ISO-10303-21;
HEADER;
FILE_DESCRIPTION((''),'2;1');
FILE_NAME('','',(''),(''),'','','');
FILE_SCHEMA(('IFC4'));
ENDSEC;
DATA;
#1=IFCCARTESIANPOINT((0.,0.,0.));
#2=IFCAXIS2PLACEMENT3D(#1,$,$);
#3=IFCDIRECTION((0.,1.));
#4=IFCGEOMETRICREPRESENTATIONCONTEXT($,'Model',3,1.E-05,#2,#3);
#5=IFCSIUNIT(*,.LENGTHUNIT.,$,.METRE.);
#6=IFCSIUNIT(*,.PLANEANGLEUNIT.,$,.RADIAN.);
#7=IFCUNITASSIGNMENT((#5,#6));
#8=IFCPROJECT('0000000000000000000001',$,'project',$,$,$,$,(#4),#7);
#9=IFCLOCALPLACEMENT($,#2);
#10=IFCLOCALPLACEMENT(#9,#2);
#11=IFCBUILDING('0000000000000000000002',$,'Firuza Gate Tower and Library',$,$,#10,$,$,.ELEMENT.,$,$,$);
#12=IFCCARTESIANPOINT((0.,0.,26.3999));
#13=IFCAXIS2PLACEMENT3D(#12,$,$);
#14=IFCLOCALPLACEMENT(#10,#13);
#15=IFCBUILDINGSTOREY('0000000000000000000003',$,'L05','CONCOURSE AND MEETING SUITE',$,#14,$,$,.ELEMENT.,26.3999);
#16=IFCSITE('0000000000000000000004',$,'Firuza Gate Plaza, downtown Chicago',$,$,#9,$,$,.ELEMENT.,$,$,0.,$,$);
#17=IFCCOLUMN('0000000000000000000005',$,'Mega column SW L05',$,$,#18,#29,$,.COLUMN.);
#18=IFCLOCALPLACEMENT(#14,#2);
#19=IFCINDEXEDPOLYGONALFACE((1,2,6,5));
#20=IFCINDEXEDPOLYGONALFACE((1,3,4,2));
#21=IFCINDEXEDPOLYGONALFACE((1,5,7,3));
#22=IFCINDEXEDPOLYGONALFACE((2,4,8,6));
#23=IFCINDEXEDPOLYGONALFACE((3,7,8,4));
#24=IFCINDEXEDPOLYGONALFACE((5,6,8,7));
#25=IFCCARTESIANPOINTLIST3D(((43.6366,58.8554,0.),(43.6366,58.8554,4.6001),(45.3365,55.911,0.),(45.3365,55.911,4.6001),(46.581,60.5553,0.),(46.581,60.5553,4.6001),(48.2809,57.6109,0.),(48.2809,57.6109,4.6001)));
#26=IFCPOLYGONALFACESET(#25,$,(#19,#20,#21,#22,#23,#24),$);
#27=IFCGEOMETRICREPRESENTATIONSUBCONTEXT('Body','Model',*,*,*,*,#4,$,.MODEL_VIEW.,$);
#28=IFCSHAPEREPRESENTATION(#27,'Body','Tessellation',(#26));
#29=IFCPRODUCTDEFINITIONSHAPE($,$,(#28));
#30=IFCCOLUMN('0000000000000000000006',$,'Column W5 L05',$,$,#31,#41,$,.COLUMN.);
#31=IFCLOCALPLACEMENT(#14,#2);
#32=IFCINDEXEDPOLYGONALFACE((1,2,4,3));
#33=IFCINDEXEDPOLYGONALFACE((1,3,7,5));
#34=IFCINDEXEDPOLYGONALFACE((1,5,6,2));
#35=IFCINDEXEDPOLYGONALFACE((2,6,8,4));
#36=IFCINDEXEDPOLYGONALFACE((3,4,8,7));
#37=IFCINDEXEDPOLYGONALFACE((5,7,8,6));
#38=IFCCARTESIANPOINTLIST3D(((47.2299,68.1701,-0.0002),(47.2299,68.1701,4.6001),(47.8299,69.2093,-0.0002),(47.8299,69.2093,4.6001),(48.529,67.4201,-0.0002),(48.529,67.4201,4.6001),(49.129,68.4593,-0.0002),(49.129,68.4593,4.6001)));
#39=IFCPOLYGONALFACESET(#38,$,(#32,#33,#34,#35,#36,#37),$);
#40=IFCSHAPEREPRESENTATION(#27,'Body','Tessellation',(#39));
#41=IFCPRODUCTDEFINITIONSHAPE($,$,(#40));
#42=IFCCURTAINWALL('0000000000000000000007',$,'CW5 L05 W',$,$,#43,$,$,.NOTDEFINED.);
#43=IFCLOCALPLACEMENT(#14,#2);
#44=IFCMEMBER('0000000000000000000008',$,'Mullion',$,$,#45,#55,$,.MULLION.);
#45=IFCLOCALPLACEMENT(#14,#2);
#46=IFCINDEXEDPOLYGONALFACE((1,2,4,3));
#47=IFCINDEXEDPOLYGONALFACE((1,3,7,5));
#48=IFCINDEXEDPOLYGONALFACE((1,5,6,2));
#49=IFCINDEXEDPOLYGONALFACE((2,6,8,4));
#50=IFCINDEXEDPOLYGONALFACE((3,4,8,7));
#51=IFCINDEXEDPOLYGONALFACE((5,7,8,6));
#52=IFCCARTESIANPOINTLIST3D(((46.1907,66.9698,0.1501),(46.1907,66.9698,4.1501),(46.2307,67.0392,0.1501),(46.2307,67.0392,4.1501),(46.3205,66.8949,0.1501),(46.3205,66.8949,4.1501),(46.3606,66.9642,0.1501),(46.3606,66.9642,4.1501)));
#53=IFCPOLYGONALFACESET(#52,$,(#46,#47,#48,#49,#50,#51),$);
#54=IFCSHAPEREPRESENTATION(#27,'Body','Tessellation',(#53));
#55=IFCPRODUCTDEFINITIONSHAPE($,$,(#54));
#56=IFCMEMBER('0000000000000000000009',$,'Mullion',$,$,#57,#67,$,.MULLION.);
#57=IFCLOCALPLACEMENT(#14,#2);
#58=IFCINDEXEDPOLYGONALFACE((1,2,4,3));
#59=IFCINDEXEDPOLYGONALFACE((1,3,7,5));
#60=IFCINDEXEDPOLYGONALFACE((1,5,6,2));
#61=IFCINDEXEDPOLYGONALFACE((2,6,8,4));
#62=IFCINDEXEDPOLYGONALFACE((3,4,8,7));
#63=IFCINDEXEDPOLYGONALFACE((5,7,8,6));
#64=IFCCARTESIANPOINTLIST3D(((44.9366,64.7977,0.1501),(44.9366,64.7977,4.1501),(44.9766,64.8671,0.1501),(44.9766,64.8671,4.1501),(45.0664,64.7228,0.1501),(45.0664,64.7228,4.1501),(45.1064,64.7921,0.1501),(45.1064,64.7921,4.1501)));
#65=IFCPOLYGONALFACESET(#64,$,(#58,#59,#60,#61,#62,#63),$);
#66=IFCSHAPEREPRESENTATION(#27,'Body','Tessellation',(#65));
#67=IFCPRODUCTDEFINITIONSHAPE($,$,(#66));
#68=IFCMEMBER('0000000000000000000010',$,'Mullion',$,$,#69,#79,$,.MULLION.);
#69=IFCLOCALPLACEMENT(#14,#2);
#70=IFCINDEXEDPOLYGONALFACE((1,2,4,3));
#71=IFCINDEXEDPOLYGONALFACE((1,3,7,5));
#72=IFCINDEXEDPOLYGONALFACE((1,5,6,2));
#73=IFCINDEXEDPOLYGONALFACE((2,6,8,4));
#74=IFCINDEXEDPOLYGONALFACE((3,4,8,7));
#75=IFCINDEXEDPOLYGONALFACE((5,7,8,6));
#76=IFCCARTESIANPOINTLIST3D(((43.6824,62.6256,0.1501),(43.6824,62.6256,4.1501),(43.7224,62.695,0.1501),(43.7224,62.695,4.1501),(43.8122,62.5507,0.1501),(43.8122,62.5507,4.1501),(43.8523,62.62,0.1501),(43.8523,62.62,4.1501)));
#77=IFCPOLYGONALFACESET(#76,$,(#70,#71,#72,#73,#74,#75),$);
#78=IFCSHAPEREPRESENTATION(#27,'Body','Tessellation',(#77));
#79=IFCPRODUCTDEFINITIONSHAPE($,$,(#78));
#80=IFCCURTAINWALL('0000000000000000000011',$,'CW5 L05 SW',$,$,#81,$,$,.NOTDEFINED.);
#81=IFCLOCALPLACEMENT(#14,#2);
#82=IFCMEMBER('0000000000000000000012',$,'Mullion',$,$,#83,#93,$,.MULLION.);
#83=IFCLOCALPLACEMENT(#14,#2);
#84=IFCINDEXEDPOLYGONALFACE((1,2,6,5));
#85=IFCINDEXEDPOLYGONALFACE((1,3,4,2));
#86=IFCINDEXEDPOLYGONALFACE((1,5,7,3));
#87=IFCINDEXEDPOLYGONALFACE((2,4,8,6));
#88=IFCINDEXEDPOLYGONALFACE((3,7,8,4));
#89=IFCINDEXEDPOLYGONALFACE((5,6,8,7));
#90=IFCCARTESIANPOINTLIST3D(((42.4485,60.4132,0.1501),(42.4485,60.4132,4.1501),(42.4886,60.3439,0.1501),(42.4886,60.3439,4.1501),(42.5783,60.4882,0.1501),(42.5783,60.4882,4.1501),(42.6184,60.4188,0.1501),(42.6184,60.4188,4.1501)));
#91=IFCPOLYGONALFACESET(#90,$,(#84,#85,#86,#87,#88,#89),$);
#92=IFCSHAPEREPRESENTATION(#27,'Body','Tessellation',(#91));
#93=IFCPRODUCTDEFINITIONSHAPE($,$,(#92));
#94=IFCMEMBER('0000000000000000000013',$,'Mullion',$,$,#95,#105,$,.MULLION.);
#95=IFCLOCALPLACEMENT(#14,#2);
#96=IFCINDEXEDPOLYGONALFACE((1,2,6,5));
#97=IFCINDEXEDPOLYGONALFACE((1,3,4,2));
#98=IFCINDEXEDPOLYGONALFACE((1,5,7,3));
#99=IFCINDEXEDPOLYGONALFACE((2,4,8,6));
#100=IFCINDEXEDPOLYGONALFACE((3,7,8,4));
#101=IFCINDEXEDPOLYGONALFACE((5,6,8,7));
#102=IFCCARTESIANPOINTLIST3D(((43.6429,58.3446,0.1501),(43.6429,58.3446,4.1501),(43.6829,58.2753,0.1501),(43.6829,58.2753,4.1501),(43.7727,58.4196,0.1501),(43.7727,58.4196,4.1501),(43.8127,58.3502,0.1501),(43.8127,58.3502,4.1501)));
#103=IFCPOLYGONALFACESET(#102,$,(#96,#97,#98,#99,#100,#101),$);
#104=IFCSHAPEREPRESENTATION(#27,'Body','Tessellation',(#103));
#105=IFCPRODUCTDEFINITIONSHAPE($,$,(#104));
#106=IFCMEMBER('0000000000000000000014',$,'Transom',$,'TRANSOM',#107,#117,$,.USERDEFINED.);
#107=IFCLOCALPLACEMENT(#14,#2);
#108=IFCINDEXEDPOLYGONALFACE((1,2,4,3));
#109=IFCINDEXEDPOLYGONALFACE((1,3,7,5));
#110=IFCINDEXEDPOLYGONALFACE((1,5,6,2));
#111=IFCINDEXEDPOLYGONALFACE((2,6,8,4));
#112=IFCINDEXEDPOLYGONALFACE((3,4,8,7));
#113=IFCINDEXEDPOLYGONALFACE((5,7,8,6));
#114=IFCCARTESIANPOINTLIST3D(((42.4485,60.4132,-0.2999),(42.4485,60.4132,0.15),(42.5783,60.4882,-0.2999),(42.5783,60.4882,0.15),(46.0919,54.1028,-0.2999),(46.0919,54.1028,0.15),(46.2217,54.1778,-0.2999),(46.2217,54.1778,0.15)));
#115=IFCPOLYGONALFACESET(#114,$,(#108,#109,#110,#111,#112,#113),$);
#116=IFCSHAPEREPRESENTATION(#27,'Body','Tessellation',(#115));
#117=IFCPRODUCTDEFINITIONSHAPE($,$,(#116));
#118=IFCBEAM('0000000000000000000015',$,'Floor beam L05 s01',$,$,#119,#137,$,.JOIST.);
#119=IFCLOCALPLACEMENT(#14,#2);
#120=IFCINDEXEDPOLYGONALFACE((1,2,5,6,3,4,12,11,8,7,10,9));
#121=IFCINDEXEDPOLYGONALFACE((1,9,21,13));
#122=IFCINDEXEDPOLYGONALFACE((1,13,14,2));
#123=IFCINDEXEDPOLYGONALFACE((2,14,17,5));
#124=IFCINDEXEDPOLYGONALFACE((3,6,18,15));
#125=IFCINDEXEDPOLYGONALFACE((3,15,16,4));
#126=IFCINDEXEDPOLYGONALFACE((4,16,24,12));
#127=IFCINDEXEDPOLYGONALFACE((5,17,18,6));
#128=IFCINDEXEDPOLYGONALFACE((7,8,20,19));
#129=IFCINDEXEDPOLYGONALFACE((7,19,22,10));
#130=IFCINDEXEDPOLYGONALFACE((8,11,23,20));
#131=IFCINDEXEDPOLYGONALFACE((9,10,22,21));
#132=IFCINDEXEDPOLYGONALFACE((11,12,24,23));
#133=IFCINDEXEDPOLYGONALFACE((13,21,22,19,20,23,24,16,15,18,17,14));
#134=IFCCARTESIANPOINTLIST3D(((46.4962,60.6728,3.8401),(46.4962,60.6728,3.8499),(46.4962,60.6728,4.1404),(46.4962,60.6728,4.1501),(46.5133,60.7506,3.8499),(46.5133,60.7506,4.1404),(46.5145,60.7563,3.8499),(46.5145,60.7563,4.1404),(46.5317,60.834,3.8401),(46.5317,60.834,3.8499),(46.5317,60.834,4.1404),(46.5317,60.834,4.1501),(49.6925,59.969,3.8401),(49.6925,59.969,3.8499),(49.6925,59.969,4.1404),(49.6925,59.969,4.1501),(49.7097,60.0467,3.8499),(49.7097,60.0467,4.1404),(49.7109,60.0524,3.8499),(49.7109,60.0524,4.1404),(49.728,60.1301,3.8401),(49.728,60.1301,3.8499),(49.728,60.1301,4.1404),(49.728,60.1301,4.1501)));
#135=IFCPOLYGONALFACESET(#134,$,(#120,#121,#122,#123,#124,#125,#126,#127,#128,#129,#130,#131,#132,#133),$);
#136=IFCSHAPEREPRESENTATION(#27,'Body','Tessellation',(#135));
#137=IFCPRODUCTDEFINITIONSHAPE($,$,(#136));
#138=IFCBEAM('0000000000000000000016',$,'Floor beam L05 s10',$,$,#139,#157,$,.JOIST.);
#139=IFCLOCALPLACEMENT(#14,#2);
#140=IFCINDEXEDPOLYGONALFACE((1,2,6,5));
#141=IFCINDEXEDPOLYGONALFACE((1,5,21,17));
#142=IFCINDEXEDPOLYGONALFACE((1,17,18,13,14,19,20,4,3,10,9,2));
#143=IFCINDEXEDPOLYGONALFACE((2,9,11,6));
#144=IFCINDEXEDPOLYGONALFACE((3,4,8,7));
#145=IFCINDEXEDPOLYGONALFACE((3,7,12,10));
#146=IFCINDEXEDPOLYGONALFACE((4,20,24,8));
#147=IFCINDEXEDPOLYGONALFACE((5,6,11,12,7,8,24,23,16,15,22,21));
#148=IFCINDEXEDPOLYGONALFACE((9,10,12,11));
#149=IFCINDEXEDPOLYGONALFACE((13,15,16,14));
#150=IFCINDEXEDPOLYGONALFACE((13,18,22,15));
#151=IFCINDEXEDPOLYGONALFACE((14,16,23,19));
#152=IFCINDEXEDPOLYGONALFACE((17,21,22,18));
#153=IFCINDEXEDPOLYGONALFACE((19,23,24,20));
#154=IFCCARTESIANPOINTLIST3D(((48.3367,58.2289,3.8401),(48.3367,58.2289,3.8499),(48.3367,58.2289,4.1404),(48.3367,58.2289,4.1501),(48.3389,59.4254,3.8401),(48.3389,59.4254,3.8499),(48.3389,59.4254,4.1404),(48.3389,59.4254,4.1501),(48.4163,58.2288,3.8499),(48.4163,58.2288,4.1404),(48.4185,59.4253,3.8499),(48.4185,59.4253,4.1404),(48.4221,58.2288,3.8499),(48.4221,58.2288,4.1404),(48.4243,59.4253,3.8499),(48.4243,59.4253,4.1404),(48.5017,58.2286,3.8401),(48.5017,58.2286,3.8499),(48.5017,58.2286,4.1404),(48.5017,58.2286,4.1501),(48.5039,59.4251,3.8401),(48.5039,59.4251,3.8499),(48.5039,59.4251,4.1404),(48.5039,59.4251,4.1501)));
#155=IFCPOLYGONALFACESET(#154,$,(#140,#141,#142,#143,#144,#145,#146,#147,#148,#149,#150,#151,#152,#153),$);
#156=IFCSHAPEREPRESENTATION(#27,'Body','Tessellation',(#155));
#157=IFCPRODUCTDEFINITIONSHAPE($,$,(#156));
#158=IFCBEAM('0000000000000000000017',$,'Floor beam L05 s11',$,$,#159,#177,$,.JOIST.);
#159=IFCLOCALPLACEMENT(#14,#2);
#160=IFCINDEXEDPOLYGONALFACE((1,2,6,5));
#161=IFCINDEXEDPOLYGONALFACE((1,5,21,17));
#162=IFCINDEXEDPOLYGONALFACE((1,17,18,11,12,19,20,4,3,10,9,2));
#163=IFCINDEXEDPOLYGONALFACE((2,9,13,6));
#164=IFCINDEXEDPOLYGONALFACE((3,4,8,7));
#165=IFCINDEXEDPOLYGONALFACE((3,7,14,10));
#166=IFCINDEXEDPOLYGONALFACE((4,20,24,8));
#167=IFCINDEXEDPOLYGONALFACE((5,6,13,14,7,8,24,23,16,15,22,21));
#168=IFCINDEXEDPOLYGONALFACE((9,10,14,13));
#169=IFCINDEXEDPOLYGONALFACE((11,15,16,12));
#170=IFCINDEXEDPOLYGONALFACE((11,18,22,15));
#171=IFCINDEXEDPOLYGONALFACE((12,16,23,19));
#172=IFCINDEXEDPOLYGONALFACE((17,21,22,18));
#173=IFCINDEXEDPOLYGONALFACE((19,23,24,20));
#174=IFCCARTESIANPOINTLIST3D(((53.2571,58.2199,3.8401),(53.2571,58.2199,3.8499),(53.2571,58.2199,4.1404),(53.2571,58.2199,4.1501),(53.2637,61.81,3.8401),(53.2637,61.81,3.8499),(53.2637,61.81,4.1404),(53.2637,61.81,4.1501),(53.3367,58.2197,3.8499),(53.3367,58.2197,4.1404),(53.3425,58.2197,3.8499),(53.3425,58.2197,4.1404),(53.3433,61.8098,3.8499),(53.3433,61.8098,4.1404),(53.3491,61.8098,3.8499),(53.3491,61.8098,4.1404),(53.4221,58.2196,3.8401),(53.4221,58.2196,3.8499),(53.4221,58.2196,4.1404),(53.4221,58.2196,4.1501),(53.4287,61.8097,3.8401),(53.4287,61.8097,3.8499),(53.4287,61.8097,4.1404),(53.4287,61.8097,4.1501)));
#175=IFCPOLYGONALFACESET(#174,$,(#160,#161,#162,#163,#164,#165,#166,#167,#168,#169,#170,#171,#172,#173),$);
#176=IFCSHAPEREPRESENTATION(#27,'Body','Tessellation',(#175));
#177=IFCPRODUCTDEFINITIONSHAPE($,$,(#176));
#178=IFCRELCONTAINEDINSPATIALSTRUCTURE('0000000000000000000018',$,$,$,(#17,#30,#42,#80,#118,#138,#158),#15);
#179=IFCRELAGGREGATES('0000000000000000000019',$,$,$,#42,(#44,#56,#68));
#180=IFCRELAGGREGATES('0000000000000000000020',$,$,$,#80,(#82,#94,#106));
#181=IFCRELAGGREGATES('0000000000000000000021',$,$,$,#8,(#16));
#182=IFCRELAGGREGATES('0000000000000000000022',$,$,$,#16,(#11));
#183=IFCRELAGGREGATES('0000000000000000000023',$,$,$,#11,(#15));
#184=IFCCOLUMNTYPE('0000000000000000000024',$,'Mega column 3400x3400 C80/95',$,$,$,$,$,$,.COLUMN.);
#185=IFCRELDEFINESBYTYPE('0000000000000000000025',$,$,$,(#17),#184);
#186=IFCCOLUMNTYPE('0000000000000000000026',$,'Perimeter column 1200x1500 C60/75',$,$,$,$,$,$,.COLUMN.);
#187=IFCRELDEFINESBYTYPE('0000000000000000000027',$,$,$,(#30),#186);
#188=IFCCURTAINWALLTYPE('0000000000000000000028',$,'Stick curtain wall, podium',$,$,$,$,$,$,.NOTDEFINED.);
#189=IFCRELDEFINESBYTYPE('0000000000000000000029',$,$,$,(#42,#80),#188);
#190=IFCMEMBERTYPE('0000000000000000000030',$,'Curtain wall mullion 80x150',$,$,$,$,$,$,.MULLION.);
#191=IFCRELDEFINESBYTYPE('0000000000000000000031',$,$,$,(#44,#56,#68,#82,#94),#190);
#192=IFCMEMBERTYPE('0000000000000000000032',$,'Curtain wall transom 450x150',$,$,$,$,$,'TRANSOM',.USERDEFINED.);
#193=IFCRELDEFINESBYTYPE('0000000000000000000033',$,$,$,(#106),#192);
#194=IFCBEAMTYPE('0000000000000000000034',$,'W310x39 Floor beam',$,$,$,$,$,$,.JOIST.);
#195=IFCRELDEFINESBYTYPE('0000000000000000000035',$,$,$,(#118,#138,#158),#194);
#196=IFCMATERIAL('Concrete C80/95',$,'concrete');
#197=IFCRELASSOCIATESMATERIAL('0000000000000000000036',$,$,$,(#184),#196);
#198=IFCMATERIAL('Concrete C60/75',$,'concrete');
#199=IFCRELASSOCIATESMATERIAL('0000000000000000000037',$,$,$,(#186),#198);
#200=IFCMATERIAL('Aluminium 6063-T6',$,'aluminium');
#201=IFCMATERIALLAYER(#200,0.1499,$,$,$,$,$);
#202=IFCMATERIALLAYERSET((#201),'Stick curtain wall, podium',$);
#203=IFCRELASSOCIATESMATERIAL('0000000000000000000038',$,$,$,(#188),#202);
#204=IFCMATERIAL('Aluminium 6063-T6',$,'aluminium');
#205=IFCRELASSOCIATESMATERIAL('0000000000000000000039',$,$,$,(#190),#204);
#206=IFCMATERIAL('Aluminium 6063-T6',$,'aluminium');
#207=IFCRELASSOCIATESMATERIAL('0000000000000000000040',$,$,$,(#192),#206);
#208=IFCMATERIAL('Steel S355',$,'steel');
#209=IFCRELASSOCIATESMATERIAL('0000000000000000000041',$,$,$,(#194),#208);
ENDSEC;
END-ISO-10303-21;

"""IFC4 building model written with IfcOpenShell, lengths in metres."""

from ifc_helpers import new_model, si_unit, direction, frame, origin, origin_2d, place, context, subcontext, project, spatial, rectangle, i_section, extrude, material, layer, layer_set, material_profile, profile_set, type_object, element, aggregate, save


model = new_model("IFC4")

# Units and contexts
model_context = context("Model", 3, precision=1e-05, world=origin(), true_north=direction((0.0, 1.0)))
body_context = subcontext(model_context, "Body", "Model", "MODEL_VIEW")
ifc_project = project(units=[si_unit("LENGTHUNIT", "METRE"), si_unit("PLANEANGLEUNIT", "RADIAN")], contexts=[model_context])

# Site, building, storey
site_placement = place(None, origin())
site = spatial("IfcSite", under=ifc_project, at=site_placement, Name="Firuza Gate Plaza, downtown Chicago", CompositionType="ELEMENT", RefElevation=0.0)
building_placement = place(site_placement, origin())
building = spatial("IfcBuilding", under=site, at=building_placement, Name="Firuza Gate Tower and Library", CompositionType="ELEMENT")
storey_placement = place(building_placement, frame((0.0, 0.0, 26.3999)))
storey = spatial("IfcBuildingStorey", under=building, at=storey_placement, Name="L05", Description="CONCOURSE AND MEETING SUITE", CompositionType="ELEMENT", Elevation=26.3999)

# Columns
ifc_material_1 = material(Name="Concrete C80/95", Category="concrete")
ifc_material_profile_1 = material_profile(ifc_material_1, rectangle(XDim=3.3999, YDim=3.3999, at=origin_2d()))
ifc_profile_set_1 = profile_set([ifc_material_profile_1], Name="Concrete C80/95")
column_type_1 = type_object("IfcColumnType", Name="Mega column 3400x3400 C80/95", PredefinedType="COLUMN", material=ifc_profile_set_1)
column_1_placement = place(storey_placement, frame((45.9587, 58.2332, 0.0), z_axis=(0.0, 0.0, 1.0), x_axis=(0.5, -0.866025, 0.0)))
element("IfcColumn", 1, at=column_1_placement, inside=storey, type_object=column_type_1, Name="Mega column SW L05", PredefinedType="COLUMN", context=body_context, shape_type="SweptSolid", body=[
    extrude(rectangle(XDim=3.3999, YDim=3.3999, at=origin_2d()), origin(), (0.0, 0.0, 1.0), 4.6001),
])
ifc_material_2 = material(Name="Concrete C60/75", Category="concrete")
ifc_material_profile_2 = material_profile(ifc_material_2, rectangle(XDim=1.2, YDim=1.5, at=origin_2d()))
ifc_profile_set_2 = profile_set([ifc_material_profile_2], Name="Concrete C60/75")
column_type_2 = type_object("IfcColumnType", Name="Perimeter column 1200x1500 C60/75", PredefinedType="COLUMN", material=ifc_profile_set_2)
column_2_placement = place(storey_placement, frame((48.1794, 68.3147, -0.0002), z_axis=(0.0, 0.0, 1.0), x_axis=(-0.5, -0.866025, 0.0)))
element("IfcColumn", 2, at=column_2_placement, inside=storey, type_object=column_type_2, Name="Column W5 L05", PredefinedType="COLUMN", context=body_context, shape_type="SweptSolid", body=[
    extrude(rectangle(XDim=1.2, YDim=1.5, at=origin_2d()), origin(), (0.0, 0.0, 1.0), 4.6003),
])

# Curtain walls, members
ifc_material_3 = material(Name="Aluminium 6063-T6", Category="aluminium")
ifc_layer_1 = layer(ifc_material_3, 0.1499)
ifc_layer_set_1 = layer_set([ifc_layer_1], Name="Stick curtain wall, podium")
curtain_wall_type = type_object("IfcCurtainWallType", Name="Stick curtain wall, podium", PredefinedType="NOTDEFINED", material=ifc_layer_set_1)
placement = place(storey_placement, origin())
curtain_wall_1 = element("IfcCurtainWall", 3, at=placement, inside=storey, type_object=curtain_wall_type, Name="CW5 L05 W", PredefinedType="NOTDEFINED")
ifc_material_4 = material(Name="Aluminium 6063-T6", Category="aluminium")
ifc_material_profile_3 = material_profile(ifc_material_4, rectangle(XDim=0.1499, YDim=0.0801, at=origin_2d()))
ifc_profile_set_3 = profile_set([ifc_material_profile_3], Name="Aluminium 6063-T6")
member_type_1 = type_object("IfcMemberType", Name="Curtain wall mullion 80x150", PredefinedType="MULLION", material=ifc_profile_set_3)
member_1_placement = place(storey_placement, frame((46.2756, 66.967, 0.1501), z_axis=(0.0, 0.0, 1.0), x_axis=(0.866025, -0.5, 0.0)))
member_1 = element("IfcMember", 4, at=member_1_placement, type_object=member_type_1, Name="Mullion", PredefinedType="MULLION", context=body_context, shape_type="SweptSolid", body=[
    extrude(rectangle(XDim=0.1499, YDim=0.0801, at=origin_2d()), origin(), (0.0, 0.0, 1.0), 4.0),
])
member_2_placement = place(storey_placement, frame((45.0215, 64.7949, 0.1501), z_axis=(0.0, 0.0, 1.0), x_axis=(0.866025, -0.5, 0.0)))
member_2 = element("IfcMember", 5, at=member_2_placement, type_object=member_type_1, Name="Mullion", PredefinedType="MULLION", context=body_context, shape_type="SweptSolid", body=[
    extrude(rectangle(XDim=0.1499, YDim=0.0801, at=origin_2d()), origin(), (0.0, 0.0, 1.0), 4.0),
])
member_3_placement = place(storey_placement, frame((43.7673, 62.6228, 0.1501), z_axis=(0.0, 0.0, 1.0), x_axis=(0.866025, -0.5, 0.0)))
member_3 = element("IfcMember", 6, at=member_3_placement, type_object=member_type_1, Name="Mullion", PredefinedType="MULLION", context=body_context, shape_type="SweptSolid", body=[
    extrude(rectangle(XDim=0.1499, YDim=0.0801, at=origin_2d()), origin(), (0.0, 0.0, 1.0), 4.0),
])
curtain_wall_2 = element("IfcCurtainWall", 7, at=placement, inside=storey, type_object=curtain_wall_type, Name="CW5 L05 SW", PredefinedType="NOTDEFINED")
member_4_placement = place(storey_placement, frame((42.5334, 60.416, 0.1501), z_axis=(0.0, 0.0, 1.0), x_axis=(0.866025, 0.5, 0.0)))
member_4 = element("IfcMember", 8, at=member_4_placement, type_object=member_type_1, Name="Mullion", PredefinedType="MULLION", context=body_context, shape_type="SweptSolid", body=[
    extrude(rectangle(XDim=0.1499, YDim=0.0801, at=origin_2d()), origin(), (0.0, 0.0, 1.0), 4.0),
])
member_5_placement = place(storey_placement, frame((43.7278, 58.3474, 0.1501), z_axis=(0.0, 0.0, 1.0), x_axis=(0.866025, 0.5, 0.0)))
member_5 = element("IfcMember", 9, at=member_5_placement, type_object=member_type_1, Name="Mullion", PredefinedType="MULLION", context=body_context, shape_type="SweptSolid", body=[
    extrude(rectangle(XDim=0.1499, YDim=0.0801, at=origin_2d()), origin(), (0.0, 0.0, 1.0), 4.0),
])
ifc_material_5 = material(Name="Aluminium 6063-T6", Category="aluminium")
ifc_material_profile_4 = material_profile(ifc_material_5, rectangle(XDim=0.1499, YDim=0.45, at=origin_2d()))
ifc_profile_set_4 = profile_set([ifc_material_profile_4], Name="Aluminium 6063-T6")
member_type_2 = type_object("IfcMemberType", Name="Curtain wall transom 450x150", ElementType="TRANSOM", PredefinedType="USERDEFINED", material=ifc_profile_set_4)
member_6_placement = place(storey_placement, frame((42.5134, 60.4507, -0.075), z_axis=(0.500006, -0.866022, 0.0), x_axis=(0.866022, 0.500006, 0.0)))
member_6 = element("IfcMember", 10, at=member_6_placement, type_object=member_type_2, Name="Transom", ObjectType="TRANSOM", PredefinedType="USERDEFINED", context=body_context, shape_type="SweptSolid", body=[
    extrude(rectangle(XDim=0.1499, YDim=0.45, at=origin_2d()), origin(), (0.0, 0.0, 1.0), 7.2866),
])

# Beams
ifc_material_6 = material(Name="Steel S355", Category="steel")
ifc_material_profile_5 = material_profile(ifc_material_6, i_section(OverallWidth=0.165, OverallDepth=0.3101, WebThickness=0.0059, FlangeThickness=0.0098, at=origin_2d()))
ifc_profile_set_5 = profile_set([ifc_material_profile_5], Name="Steel S355")
beam_type_1 = type_object("IfcBeamType", Name="W310x39 Floor beam", PredefinedType="JOIST", material=ifc_profile_set_5)
beam_1_placement = place(storey_placement, frame((46.5139, 60.7534, 3.9951), z_axis=(0.976601, -0.215058, 0.0), x_axis=(0.215058, 0.976601, 0.0)))
element("IfcBeam", 11, at=beam_1_placement, inside=storey, type_object=beam_type_1, Name="Floor beam L05 s01", PredefinedType="JOIST", context=body_context, shape_type="SweptSolid", body=[
    extrude(i_section(OverallWidth=0.165, OverallDepth=0.3101, WebThickness=0.0059, FlangeThickness=0.0098, at=origin_2d()), origin(), (0.0, 0.0, 1.0), 3.2729),
])
beam_2_placement = place(storey_placement, frame((48.4192, 58.2288, 3.9951), z_axis=(0.001836, 0.999998, 0.0), x_axis=(-0.999998, 0.001836, 0.0)))
element("IfcBeam", 12, at=beam_2_placement, inside=storey, type_object=beam_type_1, Name="Floor beam L05 s10", PredefinedType="JOIST", context=body_context, shape_type="SweptSolid", body=[
    extrude(i_section(OverallWidth=0.165, OverallDepth=0.3101, WebThickness=0.0059, FlangeThickness=0.0098, at=origin_2d()), origin(), (0.0, 0.0, 1.0), 1.1965),
])
beam_3_placement = place(storey_placement, frame((53.3396, 58.2197, 3.9951), z_axis=(0.001836, 0.999998, 0.0), x_axis=(-0.999998, 0.001836, 0.0)))
element("IfcBeam", 13, at=beam_3_placement, inside=storey, type_object=beam_type_1, Name="Floor beam L05 s11", PredefinedType="JOIST", context=body_context, shape_type="SweptSolid", body=[
    extrude(i_section(OverallWidth=0.165, OverallDepth=0.3101, WebThickness=0.0059, FlangeThickness=0.0098, at=origin_2d()), origin(), (0.0, 0.0, 1.0), 3.5901),
])

aggregate(curtain_wall_1, [member_1, member_2, member_3])
aggregate(curtain_wall_2, [member_4, member_5, member_6])

save(model, "model.ifc")
